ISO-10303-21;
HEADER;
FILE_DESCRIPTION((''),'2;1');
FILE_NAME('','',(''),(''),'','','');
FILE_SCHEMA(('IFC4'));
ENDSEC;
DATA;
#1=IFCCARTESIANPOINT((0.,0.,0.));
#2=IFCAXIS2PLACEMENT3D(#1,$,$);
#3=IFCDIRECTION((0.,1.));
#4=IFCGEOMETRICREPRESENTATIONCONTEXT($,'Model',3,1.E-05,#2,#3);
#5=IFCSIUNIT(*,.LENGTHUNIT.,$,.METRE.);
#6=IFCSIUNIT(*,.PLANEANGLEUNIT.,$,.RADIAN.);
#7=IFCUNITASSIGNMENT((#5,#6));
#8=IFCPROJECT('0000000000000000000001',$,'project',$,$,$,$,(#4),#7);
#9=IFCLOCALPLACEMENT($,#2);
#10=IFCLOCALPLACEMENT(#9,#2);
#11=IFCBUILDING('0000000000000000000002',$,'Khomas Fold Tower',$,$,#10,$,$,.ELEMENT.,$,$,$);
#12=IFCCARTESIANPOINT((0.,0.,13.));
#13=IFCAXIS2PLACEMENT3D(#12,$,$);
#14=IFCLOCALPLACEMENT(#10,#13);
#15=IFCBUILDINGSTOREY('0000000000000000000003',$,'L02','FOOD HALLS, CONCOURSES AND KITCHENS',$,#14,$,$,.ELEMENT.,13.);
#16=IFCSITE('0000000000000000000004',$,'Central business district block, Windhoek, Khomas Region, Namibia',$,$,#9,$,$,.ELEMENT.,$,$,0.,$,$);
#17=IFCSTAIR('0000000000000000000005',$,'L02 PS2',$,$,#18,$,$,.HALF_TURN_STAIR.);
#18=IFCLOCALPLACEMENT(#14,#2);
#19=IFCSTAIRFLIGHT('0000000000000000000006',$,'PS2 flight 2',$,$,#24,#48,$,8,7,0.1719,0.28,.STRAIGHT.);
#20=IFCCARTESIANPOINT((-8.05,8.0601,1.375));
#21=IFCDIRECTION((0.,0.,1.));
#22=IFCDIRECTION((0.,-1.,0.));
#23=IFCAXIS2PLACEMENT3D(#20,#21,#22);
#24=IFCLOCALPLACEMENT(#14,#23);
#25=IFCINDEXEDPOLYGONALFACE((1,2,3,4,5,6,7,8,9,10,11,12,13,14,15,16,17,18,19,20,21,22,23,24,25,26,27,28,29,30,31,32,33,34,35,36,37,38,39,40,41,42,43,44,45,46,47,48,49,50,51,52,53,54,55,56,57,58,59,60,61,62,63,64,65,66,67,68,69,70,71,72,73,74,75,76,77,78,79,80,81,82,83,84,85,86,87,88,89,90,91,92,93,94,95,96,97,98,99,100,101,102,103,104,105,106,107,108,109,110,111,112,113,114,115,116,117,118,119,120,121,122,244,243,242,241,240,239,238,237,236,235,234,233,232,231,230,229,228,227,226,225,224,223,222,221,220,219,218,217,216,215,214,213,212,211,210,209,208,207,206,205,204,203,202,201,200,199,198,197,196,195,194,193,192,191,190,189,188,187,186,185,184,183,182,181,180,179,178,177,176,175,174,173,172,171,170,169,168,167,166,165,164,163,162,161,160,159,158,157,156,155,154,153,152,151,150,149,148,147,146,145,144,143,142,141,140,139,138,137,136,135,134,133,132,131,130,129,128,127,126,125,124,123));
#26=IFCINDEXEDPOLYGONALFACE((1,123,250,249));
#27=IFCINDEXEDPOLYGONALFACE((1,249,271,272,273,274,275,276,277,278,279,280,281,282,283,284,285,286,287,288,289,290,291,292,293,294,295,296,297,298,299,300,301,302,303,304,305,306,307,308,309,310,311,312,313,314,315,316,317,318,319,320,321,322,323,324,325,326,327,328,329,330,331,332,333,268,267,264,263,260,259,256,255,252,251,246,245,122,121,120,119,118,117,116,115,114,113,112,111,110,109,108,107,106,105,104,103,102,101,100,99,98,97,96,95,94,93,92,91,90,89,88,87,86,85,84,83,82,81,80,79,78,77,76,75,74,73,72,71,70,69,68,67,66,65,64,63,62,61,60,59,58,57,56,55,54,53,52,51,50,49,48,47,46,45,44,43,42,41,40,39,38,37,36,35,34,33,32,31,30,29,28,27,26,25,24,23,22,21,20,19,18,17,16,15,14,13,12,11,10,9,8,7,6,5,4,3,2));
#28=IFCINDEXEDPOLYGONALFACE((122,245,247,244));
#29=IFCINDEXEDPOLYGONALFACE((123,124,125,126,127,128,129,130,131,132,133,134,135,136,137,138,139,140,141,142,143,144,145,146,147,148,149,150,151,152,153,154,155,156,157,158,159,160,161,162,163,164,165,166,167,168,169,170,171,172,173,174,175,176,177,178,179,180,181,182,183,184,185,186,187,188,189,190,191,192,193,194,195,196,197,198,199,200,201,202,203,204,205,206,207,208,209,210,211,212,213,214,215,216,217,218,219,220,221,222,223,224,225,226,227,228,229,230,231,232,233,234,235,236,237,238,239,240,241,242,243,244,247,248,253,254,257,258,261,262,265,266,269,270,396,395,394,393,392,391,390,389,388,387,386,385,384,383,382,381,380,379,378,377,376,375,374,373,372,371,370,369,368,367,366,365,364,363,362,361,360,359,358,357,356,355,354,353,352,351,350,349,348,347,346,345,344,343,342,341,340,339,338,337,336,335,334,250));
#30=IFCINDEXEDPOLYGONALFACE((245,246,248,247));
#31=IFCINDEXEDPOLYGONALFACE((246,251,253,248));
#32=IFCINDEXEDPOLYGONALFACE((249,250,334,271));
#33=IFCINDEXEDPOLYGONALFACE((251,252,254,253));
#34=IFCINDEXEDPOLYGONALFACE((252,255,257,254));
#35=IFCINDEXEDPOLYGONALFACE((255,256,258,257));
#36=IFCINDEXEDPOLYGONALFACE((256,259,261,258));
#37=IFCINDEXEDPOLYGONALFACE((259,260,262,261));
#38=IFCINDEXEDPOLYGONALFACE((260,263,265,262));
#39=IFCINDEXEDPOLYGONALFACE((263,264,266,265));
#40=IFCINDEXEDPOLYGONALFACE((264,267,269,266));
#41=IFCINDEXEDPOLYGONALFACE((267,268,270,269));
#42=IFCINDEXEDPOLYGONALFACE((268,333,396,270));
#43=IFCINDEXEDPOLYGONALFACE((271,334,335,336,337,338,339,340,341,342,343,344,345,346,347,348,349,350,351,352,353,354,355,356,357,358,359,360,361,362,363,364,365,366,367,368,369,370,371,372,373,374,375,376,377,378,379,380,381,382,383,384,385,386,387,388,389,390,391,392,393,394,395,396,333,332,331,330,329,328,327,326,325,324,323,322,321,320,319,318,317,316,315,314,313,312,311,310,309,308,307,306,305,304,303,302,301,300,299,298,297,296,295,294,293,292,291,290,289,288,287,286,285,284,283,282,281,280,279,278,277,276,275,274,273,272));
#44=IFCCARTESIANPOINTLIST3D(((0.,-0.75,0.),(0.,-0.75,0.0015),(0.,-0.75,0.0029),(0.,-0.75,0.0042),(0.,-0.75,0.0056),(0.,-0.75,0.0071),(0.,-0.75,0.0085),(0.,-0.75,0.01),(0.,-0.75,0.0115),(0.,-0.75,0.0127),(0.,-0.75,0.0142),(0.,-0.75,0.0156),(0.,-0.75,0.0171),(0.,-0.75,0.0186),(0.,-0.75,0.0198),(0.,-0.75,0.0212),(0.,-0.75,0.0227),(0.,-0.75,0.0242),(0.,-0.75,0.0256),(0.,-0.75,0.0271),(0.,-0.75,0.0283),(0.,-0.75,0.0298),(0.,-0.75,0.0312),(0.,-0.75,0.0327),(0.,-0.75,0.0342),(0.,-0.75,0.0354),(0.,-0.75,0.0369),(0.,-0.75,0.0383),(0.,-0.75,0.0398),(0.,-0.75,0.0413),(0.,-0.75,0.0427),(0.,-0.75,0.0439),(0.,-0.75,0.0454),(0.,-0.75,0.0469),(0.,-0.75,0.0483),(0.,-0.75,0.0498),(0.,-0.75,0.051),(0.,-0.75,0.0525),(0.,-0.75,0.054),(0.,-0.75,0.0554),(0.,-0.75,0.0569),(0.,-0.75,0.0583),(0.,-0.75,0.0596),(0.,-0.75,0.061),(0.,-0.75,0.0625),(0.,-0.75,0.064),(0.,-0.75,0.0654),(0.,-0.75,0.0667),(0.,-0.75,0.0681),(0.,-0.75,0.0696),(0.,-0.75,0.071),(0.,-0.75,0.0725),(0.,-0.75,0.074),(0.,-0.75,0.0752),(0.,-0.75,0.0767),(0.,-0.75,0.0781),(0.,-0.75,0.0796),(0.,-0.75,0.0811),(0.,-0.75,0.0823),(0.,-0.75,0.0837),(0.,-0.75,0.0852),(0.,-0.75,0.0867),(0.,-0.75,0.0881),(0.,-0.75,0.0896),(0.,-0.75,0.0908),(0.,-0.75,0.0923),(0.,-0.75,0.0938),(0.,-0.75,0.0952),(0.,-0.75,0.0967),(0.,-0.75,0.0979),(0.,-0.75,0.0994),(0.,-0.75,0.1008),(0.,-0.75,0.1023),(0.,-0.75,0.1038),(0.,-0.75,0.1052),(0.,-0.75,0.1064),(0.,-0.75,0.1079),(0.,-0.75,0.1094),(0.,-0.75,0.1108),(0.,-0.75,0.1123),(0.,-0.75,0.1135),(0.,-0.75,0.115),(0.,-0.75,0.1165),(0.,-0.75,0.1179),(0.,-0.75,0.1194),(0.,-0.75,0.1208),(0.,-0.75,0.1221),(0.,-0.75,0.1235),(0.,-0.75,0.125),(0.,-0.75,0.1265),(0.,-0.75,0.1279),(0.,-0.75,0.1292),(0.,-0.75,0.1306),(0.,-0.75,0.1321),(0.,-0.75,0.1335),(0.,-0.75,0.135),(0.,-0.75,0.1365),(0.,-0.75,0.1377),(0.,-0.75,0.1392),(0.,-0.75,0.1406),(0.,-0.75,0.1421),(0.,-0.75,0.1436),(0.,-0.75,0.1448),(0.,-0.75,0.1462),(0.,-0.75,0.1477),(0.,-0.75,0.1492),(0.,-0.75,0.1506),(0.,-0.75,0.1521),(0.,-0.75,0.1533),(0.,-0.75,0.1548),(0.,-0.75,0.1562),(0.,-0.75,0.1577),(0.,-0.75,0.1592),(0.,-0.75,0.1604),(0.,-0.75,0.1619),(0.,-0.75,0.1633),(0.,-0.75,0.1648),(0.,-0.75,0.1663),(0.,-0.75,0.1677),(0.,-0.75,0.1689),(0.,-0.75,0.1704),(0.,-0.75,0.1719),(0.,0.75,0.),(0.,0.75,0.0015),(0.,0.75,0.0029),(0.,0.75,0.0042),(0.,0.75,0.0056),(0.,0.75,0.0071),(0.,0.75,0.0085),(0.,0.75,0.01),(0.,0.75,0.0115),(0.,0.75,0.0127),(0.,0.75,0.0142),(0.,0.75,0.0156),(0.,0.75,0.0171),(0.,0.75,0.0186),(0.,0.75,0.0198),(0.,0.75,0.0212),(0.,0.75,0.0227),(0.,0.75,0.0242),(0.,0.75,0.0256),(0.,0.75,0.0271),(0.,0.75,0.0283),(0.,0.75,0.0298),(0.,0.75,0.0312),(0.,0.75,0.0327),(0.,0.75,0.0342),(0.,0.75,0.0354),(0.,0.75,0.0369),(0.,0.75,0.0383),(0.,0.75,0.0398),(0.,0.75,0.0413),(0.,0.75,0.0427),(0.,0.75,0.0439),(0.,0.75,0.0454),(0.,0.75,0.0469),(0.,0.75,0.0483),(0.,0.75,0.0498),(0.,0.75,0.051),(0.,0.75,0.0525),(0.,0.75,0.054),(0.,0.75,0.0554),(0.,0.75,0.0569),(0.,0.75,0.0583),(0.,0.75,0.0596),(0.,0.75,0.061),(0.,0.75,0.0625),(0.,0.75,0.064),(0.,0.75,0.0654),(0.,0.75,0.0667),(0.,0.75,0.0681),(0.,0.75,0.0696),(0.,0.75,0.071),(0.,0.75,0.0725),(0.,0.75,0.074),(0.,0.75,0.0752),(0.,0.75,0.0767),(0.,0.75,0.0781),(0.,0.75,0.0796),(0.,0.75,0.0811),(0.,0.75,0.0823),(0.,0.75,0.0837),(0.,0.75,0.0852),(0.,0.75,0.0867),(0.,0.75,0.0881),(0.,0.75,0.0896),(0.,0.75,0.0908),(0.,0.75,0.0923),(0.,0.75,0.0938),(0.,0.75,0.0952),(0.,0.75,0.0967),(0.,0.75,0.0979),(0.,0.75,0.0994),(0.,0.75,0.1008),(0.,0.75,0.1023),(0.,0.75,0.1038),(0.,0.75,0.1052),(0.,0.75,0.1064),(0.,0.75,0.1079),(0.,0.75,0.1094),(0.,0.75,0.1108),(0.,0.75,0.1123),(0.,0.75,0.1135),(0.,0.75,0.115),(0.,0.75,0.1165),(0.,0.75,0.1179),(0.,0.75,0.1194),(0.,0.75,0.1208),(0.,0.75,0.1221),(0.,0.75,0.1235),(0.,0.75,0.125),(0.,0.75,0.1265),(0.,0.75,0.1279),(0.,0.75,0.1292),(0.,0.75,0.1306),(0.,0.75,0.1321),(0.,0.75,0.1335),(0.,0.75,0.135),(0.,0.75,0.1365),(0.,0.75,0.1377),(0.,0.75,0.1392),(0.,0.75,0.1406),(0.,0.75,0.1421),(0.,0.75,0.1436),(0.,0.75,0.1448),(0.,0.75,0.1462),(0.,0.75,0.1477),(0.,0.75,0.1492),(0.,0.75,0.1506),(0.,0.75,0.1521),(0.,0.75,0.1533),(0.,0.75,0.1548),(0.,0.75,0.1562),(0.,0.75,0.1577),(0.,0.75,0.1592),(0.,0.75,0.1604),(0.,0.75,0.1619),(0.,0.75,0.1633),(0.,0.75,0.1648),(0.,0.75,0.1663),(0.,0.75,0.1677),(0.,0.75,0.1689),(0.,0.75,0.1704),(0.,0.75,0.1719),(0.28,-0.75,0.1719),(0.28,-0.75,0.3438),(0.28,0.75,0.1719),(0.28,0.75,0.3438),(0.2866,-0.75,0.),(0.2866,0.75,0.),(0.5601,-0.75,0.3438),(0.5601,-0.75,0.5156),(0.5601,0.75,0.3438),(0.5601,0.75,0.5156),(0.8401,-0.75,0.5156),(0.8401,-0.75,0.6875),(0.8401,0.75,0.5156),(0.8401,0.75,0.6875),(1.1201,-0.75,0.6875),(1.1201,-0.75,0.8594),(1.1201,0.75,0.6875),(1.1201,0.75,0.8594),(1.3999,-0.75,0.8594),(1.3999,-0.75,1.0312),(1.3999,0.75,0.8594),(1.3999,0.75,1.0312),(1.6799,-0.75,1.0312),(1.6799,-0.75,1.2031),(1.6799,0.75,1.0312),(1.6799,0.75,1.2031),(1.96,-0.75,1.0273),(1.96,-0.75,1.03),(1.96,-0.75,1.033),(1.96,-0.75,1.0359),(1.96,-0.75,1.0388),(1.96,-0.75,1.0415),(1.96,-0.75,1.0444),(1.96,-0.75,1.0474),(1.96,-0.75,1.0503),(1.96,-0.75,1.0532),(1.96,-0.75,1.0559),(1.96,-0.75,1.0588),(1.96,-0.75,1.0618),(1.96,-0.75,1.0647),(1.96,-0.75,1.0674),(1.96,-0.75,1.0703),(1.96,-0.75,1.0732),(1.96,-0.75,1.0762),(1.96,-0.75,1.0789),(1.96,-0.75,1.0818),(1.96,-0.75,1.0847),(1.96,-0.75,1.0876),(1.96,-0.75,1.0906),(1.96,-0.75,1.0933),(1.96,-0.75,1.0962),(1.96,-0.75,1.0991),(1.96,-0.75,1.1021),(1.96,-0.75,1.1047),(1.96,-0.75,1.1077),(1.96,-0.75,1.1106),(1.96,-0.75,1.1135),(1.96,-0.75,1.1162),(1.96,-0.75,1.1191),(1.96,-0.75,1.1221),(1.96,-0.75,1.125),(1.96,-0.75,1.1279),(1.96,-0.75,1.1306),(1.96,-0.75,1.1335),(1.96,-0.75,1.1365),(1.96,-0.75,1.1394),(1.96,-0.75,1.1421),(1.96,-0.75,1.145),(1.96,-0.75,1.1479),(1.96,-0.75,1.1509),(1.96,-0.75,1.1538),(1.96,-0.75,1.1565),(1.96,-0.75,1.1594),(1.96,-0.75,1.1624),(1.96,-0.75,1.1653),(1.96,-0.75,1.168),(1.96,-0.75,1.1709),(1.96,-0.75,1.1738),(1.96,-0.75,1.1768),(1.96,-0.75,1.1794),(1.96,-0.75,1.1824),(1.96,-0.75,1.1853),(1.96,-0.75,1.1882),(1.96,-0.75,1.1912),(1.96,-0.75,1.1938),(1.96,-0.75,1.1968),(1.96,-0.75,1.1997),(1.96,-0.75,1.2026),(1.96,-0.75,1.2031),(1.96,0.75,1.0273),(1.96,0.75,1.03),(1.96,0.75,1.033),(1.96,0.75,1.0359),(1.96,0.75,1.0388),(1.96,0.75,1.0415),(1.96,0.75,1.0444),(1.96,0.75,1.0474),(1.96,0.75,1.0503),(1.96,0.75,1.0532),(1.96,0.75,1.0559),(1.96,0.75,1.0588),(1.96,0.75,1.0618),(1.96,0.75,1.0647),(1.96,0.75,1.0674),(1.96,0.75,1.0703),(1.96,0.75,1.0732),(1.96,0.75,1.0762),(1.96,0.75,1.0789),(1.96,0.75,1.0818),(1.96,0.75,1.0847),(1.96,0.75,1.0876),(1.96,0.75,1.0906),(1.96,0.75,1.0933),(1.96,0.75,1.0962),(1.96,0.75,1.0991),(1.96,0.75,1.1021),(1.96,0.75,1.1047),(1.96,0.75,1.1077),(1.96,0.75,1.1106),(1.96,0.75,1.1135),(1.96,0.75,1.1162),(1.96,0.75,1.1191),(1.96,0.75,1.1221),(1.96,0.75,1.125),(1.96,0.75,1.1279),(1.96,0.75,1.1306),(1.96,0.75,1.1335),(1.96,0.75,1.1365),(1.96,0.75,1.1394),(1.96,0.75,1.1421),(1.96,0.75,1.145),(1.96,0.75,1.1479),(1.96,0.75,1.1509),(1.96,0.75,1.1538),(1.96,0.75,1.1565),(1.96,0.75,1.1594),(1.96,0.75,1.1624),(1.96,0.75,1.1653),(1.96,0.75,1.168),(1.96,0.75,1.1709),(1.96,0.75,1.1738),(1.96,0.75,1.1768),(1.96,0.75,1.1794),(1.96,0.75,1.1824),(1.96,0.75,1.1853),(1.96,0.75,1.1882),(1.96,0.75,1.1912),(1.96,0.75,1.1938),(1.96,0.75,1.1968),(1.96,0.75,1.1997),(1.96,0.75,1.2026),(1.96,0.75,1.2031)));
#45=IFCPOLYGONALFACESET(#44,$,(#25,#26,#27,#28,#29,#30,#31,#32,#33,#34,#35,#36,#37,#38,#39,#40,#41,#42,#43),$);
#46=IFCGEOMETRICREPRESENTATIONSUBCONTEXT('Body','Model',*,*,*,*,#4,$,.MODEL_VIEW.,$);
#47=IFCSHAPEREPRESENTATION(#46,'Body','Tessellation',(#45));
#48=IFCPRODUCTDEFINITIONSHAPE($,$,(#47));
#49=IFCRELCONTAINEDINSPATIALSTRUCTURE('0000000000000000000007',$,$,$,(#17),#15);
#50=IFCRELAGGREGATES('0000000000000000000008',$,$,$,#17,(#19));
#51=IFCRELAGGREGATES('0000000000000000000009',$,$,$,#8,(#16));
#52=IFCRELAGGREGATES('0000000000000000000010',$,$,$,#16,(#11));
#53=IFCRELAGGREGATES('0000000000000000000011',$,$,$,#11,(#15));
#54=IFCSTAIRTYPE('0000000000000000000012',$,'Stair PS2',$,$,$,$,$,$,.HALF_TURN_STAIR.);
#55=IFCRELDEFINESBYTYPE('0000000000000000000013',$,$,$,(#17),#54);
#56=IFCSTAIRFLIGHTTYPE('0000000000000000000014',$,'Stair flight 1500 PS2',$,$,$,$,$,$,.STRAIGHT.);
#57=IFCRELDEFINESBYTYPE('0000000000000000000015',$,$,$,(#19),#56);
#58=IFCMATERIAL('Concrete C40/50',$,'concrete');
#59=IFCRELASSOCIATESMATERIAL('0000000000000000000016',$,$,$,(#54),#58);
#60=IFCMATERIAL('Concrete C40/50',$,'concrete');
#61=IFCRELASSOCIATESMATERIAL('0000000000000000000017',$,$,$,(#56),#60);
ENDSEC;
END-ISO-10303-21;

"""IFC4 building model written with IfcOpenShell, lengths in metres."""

from ifc_helpers import new_model, si_unit, direction, frame, origin, place, context, subcontext, project, spatial, polyline, outline, extrude, source, transform, mapped, material, type_object, element, aggregate, save


model = new_model("IFC4")

# Units and contexts
model_context = context("Model", 3, precision=1e-05, world=origin(), true_north=direction((0.0, 1.0)))
body_context = subcontext(model_context, "Body", "Model", "MODEL_VIEW")
ifc_project = project(units=[si_unit("LENGTHUNIT", "METRE"), si_unit("PLANEANGLEUNIT", "RADIAN")], contexts=[model_context])

# Site, building, storey
site_placement = place(None, origin())
site = spatial("IfcSite", under=ifc_project, at=site_placement, Name="Central business district block, Windhoek, Khomas Region, Namibia", CompositionType="ELEMENT", RefElevation=0.0)
building_placement = place(site_placement, origin())
building = spatial("IfcBuilding", under=site, at=building_placement, Name="Khomas Fold Tower", CompositionType="ELEMENT")
storey_placement = place(building_placement, frame((0.0, 0.0, 13.0)))
storey = spatial("IfcBuildingStorey", under=building, at=storey_placement, Name="L02", Description="FOOD HALLS, CONCOURSES AND KITCHENS", CompositionType="ELEMENT", Elevation=13.0)

# Stair, stair flight
ifc_material_1 = material(Name="Concrete C40/50", Category="concrete")
stair_type = type_object("IfcStairType", Name="Stair PS2", PredefinedType="HALF_TURN_STAIR", material=ifc_material_1)
stair_placement = place(storey_placement, origin())
stair = element("IfcStair", 1, at=stair_placement, inside=storey, type_object=stair_type, Name="L02 PS2", PredefinedType="HALF_TURN_STAIR")
ifc_material_2 = material(Name="Concrete C40/50", Category="concrete")
stair_flight_type = type_object("IfcStairFlightType", Name="Stair flight 1500 PS2", PredefinedType="STRAIGHT", material=ifc_material_2)
shared_shape_1 = source(origin(), body_context, "Body", "SweptSolid", [
    extrude(outline(polyline([(0.0, 0.0), (0.0, 0.0015), (0.0, 0.0029), (0.0, 0.0042), (0.0, 0.0056), (0.0, 0.0071), (0.0, 0.0085), (0.0, 0.01), (0.0, 0.0115), (0.0, 0.0127), (0.0, 0.0142), (0.0, 0.0156), (0.0, 0.0171), (0.0, 0.0186), (0.0, 0.0198), (0.0, 0.0212), (0.0, 0.0227), (0.0, 0.0242), (0.0, 0.0256), (0.0, 0.0271), (0.0, 0.0283), (0.0, 0.0298), (0.0, 0.0312), (0.0, 0.0327), (0.0, 0.0342), (0.0, 0.0354), (0.0, 0.0369), (0.0, 0.0383), (0.0, 0.0398), (0.0, 0.0413), (0.0, 0.0427), (0.0, 0.0439), (0.0, 0.0454), (0.0, 0.0469), (0.0, 0.0483), (0.0, 0.0498), (0.0, 0.051), (0.0, 0.0525), (0.0, 0.054), (0.0, 0.0554), (0.0, 0.0569), (0.0, 0.0583), (0.0, 0.0596), (0.0, 0.061), (0.0, 0.0625), (0.0, 0.064), (0.0, 0.0654), (0.0, 0.0667), (0.0, 0.0681), (0.0, 0.0696), (0.0, 0.071), (0.0, 0.0725), (0.0, 0.074), (0.0, 0.0752), (0.0, 0.0767), (0.0, 0.0781), (0.0, 0.0796), (0.0, 0.0811), (0.0, 0.0823), (0.0, 0.0837), (0.0, 0.0852), (0.0, 0.0867), (0.0, 0.0881), (0.0, 0.0896), (0.0, 0.0908), (0.0, 0.0923), (0.0, 0.0938), (0.0, 0.0952), (0.0, 0.0967), (0.0, 0.0979), (0.0, 0.0994), (0.0, 0.1008), (0.0, 0.1023), (0.0, 0.1038), (0.0, 0.1052), (0.0, 0.1064), (0.0, 0.1079), (0.0, 0.1094), (0.0, 0.1108), (0.0, 0.1123), (0.0, 0.1135), (0.0, 0.115), (0.0, 0.1165), (0.0, 0.1179), (0.0, 0.1194), (0.0, 0.1208), (0.0, 0.1221), (0.0, 0.1235), (0.0, 0.125), (0.0, 0.1265), (0.0, 0.1279), (0.0, 0.1292), (0.0, 0.1306), (0.0, 0.1321), (0.0, 0.1335), (0.0, 0.135), (0.0, 0.1365), (0.0, 0.1377), (0.0, 0.1392), (0.0, 0.1406), (0.0, 0.1421), (0.0, 0.1436), (0.0, 0.1448), (0.0, 0.1462), (0.0, 0.1477), (0.0, 0.1492), (0.0, 0.1506), (0.0, 0.1521), (0.0, 0.1533), (0.0, 0.1548), (0.0, 0.1562), (0.0, 0.1577), (0.0, 0.1592), (0.0, 0.1604), (0.0, 0.1619), (0.0, 0.1633), (0.0, 0.1648), (0.0, 0.1663), (0.0, 0.1677), (0.0, 0.1689), (0.0, 0.1704), (0.0, 0.1719), (0.28, 0.1719), (0.28, 0.3438), (0.5601, 0.3438), (0.5601, 0.5156), (0.8401, 0.5156), (0.8401, 0.6875), (1.1201, 0.6875), (1.1201, 0.8594), (1.3999, 0.8594), (1.3999, 1.0312), (1.6799, 1.0312), (1.6799, 1.2031), (1.96, 1.2031), (1.96, 1.375), (1.96, 1.3721), (1.96, 1.3691), (1.96, 1.3665), (1.96, 1.3635), (1.96, 1.3606), (1.96, 1.3577), (1.96, 1.355), (1.96, 1.3521), (1.96, 1.3491), (1.96, 1.3462), (1.96, 1.3435), (1.96, 1.3406), (1.96, 1.3376), (1.96, 1.3347), (1.96, 1.3318), (1.96, 1.3291), (1.96, 1.3262), (1.96, 1.3232), (1.96, 1.3203), (1.96, 1.3176), (1.96, 1.3147), (1.96, 1.3118), (1.96, 1.3088), (1.96, 1.3059), (1.96, 1.3032), (1.96, 1.3003), (1.96, 1.2974), (1.96, 1.2944), (1.96, 1.2917), (1.96, 1.2888), (1.96, 1.2859), (1.96, 1.283), (1.96, 1.2803), (1.96, 1.2773), (1.96, 1.2744), (1.96, 1.2715), (1.96, 1.2686), (1.96, 1.2659), (1.96, 1.2629), (1.96, 1.26), (1.96, 1.2571), (1.96, 1.2544), (1.96, 1.2515), (1.96, 1.2485), (1.96, 1.2456), (1.96, 1.2427), (1.96, 1.24), (1.96, 1.2371), (1.96, 1.2341), (1.96, 1.2312), (1.96, 1.2285), (1.96, 1.2256), (1.96, 1.2227), (1.96, 1.2197), (1.96, 1.217), (1.96, 1.2141), (1.96, 1.2112), (1.96, 1.2083), (1.96, 1.2053), (1.96, 1.2026), (1.96, 1.1997), (1.96, 1.1968), (1.96, 1.1938), (1.96, 1.1912), (1.96, 1.1882), (1.96, 1.1853), (1.96, 1.1824), (1.96, 1.1794), (1.96, 1.1768), (1.96, 1.1738), (1.96, 1.1709), (1.96, 1.168), (1.96, 1.1653), (1.96, 1.1624), (1.96, 1.1594), (1.96, 1.1565), (1.96, 1.1538), (1.96, 1.1509), (1.96, 1.1479), (1.96, 1.145), (1.96, 1.1421), (1.96, 1.1394), (1.96, 1.1365), (1.96, 1.1335), (1.96, 1.1306), (1.96, 1.1279), (1.96, 1.125), (1.96, 1.1221), (1.96, 1.1191), (1.96, 1.1162), (1.96, 1.1135), (1.96, 1.1106), (1.96, 1.1077), (1.96, 1.1047), (1.96, 1.1021), (1.96, 1.0991), (1.96, 1.0962), (1.96, 1.0933), (1.96, 1.0906), (1.96, 1.0876), (1.96, 1.0847), (1.96, 1.0818), (1.96, 1.0789), (1.96, 1.0762), (1.96, 1.0732), (1.96, 1.0703), (1.96, 1.0674), (1.96, 1.0647), (1.96, 1.0618), (1.96, 1.0588), (1.96, 1.0559), (1.96, 1.0532), (1.96, 1.0503), (1.96, 1.0474), (1.96, 1.0444), (1.96, 1.0415), (1.96, 1.0388), (1.96, 1.0359), (1.96, 1.033), (1.96, 1.03), (1.96, 1.0273), (0.2866, 0.0), (0.0, 0.0)])), frame((0.0, 0.75, 0.0), z_axis=(0.0, -1.0, 0.0), x_axis=(1.0, 0.0, 0.0)), (0.0, 0.0, 1.0), 1.5),
])
stair_flight_1_placement = place(storey_placement, frame((-8.05, 8.0601, 1.375), z_axis=(0.0, 0.0, 1.0), x_axis=(0.0, -1.0, 0.0)))
stair_flight_1 = element("IfcStairFlight", 2, at=stair_flight_1_placement, type_object=stair_flight_type, Name="PS2 flight 2", NumberOfRisers=8, NumberOfTreads=7, PredefinedType="STRAIGHT", RiserHeight=0.1719, TreadLength=0.28, context=body_context, shape_type="MappedRepresentation", body=[
    mapped(shared_shape_1, transform((0.0, 0.0, 0.0))),
])
aggregate(stair, [stair_flight_1])

save(model, "model.ifc")
